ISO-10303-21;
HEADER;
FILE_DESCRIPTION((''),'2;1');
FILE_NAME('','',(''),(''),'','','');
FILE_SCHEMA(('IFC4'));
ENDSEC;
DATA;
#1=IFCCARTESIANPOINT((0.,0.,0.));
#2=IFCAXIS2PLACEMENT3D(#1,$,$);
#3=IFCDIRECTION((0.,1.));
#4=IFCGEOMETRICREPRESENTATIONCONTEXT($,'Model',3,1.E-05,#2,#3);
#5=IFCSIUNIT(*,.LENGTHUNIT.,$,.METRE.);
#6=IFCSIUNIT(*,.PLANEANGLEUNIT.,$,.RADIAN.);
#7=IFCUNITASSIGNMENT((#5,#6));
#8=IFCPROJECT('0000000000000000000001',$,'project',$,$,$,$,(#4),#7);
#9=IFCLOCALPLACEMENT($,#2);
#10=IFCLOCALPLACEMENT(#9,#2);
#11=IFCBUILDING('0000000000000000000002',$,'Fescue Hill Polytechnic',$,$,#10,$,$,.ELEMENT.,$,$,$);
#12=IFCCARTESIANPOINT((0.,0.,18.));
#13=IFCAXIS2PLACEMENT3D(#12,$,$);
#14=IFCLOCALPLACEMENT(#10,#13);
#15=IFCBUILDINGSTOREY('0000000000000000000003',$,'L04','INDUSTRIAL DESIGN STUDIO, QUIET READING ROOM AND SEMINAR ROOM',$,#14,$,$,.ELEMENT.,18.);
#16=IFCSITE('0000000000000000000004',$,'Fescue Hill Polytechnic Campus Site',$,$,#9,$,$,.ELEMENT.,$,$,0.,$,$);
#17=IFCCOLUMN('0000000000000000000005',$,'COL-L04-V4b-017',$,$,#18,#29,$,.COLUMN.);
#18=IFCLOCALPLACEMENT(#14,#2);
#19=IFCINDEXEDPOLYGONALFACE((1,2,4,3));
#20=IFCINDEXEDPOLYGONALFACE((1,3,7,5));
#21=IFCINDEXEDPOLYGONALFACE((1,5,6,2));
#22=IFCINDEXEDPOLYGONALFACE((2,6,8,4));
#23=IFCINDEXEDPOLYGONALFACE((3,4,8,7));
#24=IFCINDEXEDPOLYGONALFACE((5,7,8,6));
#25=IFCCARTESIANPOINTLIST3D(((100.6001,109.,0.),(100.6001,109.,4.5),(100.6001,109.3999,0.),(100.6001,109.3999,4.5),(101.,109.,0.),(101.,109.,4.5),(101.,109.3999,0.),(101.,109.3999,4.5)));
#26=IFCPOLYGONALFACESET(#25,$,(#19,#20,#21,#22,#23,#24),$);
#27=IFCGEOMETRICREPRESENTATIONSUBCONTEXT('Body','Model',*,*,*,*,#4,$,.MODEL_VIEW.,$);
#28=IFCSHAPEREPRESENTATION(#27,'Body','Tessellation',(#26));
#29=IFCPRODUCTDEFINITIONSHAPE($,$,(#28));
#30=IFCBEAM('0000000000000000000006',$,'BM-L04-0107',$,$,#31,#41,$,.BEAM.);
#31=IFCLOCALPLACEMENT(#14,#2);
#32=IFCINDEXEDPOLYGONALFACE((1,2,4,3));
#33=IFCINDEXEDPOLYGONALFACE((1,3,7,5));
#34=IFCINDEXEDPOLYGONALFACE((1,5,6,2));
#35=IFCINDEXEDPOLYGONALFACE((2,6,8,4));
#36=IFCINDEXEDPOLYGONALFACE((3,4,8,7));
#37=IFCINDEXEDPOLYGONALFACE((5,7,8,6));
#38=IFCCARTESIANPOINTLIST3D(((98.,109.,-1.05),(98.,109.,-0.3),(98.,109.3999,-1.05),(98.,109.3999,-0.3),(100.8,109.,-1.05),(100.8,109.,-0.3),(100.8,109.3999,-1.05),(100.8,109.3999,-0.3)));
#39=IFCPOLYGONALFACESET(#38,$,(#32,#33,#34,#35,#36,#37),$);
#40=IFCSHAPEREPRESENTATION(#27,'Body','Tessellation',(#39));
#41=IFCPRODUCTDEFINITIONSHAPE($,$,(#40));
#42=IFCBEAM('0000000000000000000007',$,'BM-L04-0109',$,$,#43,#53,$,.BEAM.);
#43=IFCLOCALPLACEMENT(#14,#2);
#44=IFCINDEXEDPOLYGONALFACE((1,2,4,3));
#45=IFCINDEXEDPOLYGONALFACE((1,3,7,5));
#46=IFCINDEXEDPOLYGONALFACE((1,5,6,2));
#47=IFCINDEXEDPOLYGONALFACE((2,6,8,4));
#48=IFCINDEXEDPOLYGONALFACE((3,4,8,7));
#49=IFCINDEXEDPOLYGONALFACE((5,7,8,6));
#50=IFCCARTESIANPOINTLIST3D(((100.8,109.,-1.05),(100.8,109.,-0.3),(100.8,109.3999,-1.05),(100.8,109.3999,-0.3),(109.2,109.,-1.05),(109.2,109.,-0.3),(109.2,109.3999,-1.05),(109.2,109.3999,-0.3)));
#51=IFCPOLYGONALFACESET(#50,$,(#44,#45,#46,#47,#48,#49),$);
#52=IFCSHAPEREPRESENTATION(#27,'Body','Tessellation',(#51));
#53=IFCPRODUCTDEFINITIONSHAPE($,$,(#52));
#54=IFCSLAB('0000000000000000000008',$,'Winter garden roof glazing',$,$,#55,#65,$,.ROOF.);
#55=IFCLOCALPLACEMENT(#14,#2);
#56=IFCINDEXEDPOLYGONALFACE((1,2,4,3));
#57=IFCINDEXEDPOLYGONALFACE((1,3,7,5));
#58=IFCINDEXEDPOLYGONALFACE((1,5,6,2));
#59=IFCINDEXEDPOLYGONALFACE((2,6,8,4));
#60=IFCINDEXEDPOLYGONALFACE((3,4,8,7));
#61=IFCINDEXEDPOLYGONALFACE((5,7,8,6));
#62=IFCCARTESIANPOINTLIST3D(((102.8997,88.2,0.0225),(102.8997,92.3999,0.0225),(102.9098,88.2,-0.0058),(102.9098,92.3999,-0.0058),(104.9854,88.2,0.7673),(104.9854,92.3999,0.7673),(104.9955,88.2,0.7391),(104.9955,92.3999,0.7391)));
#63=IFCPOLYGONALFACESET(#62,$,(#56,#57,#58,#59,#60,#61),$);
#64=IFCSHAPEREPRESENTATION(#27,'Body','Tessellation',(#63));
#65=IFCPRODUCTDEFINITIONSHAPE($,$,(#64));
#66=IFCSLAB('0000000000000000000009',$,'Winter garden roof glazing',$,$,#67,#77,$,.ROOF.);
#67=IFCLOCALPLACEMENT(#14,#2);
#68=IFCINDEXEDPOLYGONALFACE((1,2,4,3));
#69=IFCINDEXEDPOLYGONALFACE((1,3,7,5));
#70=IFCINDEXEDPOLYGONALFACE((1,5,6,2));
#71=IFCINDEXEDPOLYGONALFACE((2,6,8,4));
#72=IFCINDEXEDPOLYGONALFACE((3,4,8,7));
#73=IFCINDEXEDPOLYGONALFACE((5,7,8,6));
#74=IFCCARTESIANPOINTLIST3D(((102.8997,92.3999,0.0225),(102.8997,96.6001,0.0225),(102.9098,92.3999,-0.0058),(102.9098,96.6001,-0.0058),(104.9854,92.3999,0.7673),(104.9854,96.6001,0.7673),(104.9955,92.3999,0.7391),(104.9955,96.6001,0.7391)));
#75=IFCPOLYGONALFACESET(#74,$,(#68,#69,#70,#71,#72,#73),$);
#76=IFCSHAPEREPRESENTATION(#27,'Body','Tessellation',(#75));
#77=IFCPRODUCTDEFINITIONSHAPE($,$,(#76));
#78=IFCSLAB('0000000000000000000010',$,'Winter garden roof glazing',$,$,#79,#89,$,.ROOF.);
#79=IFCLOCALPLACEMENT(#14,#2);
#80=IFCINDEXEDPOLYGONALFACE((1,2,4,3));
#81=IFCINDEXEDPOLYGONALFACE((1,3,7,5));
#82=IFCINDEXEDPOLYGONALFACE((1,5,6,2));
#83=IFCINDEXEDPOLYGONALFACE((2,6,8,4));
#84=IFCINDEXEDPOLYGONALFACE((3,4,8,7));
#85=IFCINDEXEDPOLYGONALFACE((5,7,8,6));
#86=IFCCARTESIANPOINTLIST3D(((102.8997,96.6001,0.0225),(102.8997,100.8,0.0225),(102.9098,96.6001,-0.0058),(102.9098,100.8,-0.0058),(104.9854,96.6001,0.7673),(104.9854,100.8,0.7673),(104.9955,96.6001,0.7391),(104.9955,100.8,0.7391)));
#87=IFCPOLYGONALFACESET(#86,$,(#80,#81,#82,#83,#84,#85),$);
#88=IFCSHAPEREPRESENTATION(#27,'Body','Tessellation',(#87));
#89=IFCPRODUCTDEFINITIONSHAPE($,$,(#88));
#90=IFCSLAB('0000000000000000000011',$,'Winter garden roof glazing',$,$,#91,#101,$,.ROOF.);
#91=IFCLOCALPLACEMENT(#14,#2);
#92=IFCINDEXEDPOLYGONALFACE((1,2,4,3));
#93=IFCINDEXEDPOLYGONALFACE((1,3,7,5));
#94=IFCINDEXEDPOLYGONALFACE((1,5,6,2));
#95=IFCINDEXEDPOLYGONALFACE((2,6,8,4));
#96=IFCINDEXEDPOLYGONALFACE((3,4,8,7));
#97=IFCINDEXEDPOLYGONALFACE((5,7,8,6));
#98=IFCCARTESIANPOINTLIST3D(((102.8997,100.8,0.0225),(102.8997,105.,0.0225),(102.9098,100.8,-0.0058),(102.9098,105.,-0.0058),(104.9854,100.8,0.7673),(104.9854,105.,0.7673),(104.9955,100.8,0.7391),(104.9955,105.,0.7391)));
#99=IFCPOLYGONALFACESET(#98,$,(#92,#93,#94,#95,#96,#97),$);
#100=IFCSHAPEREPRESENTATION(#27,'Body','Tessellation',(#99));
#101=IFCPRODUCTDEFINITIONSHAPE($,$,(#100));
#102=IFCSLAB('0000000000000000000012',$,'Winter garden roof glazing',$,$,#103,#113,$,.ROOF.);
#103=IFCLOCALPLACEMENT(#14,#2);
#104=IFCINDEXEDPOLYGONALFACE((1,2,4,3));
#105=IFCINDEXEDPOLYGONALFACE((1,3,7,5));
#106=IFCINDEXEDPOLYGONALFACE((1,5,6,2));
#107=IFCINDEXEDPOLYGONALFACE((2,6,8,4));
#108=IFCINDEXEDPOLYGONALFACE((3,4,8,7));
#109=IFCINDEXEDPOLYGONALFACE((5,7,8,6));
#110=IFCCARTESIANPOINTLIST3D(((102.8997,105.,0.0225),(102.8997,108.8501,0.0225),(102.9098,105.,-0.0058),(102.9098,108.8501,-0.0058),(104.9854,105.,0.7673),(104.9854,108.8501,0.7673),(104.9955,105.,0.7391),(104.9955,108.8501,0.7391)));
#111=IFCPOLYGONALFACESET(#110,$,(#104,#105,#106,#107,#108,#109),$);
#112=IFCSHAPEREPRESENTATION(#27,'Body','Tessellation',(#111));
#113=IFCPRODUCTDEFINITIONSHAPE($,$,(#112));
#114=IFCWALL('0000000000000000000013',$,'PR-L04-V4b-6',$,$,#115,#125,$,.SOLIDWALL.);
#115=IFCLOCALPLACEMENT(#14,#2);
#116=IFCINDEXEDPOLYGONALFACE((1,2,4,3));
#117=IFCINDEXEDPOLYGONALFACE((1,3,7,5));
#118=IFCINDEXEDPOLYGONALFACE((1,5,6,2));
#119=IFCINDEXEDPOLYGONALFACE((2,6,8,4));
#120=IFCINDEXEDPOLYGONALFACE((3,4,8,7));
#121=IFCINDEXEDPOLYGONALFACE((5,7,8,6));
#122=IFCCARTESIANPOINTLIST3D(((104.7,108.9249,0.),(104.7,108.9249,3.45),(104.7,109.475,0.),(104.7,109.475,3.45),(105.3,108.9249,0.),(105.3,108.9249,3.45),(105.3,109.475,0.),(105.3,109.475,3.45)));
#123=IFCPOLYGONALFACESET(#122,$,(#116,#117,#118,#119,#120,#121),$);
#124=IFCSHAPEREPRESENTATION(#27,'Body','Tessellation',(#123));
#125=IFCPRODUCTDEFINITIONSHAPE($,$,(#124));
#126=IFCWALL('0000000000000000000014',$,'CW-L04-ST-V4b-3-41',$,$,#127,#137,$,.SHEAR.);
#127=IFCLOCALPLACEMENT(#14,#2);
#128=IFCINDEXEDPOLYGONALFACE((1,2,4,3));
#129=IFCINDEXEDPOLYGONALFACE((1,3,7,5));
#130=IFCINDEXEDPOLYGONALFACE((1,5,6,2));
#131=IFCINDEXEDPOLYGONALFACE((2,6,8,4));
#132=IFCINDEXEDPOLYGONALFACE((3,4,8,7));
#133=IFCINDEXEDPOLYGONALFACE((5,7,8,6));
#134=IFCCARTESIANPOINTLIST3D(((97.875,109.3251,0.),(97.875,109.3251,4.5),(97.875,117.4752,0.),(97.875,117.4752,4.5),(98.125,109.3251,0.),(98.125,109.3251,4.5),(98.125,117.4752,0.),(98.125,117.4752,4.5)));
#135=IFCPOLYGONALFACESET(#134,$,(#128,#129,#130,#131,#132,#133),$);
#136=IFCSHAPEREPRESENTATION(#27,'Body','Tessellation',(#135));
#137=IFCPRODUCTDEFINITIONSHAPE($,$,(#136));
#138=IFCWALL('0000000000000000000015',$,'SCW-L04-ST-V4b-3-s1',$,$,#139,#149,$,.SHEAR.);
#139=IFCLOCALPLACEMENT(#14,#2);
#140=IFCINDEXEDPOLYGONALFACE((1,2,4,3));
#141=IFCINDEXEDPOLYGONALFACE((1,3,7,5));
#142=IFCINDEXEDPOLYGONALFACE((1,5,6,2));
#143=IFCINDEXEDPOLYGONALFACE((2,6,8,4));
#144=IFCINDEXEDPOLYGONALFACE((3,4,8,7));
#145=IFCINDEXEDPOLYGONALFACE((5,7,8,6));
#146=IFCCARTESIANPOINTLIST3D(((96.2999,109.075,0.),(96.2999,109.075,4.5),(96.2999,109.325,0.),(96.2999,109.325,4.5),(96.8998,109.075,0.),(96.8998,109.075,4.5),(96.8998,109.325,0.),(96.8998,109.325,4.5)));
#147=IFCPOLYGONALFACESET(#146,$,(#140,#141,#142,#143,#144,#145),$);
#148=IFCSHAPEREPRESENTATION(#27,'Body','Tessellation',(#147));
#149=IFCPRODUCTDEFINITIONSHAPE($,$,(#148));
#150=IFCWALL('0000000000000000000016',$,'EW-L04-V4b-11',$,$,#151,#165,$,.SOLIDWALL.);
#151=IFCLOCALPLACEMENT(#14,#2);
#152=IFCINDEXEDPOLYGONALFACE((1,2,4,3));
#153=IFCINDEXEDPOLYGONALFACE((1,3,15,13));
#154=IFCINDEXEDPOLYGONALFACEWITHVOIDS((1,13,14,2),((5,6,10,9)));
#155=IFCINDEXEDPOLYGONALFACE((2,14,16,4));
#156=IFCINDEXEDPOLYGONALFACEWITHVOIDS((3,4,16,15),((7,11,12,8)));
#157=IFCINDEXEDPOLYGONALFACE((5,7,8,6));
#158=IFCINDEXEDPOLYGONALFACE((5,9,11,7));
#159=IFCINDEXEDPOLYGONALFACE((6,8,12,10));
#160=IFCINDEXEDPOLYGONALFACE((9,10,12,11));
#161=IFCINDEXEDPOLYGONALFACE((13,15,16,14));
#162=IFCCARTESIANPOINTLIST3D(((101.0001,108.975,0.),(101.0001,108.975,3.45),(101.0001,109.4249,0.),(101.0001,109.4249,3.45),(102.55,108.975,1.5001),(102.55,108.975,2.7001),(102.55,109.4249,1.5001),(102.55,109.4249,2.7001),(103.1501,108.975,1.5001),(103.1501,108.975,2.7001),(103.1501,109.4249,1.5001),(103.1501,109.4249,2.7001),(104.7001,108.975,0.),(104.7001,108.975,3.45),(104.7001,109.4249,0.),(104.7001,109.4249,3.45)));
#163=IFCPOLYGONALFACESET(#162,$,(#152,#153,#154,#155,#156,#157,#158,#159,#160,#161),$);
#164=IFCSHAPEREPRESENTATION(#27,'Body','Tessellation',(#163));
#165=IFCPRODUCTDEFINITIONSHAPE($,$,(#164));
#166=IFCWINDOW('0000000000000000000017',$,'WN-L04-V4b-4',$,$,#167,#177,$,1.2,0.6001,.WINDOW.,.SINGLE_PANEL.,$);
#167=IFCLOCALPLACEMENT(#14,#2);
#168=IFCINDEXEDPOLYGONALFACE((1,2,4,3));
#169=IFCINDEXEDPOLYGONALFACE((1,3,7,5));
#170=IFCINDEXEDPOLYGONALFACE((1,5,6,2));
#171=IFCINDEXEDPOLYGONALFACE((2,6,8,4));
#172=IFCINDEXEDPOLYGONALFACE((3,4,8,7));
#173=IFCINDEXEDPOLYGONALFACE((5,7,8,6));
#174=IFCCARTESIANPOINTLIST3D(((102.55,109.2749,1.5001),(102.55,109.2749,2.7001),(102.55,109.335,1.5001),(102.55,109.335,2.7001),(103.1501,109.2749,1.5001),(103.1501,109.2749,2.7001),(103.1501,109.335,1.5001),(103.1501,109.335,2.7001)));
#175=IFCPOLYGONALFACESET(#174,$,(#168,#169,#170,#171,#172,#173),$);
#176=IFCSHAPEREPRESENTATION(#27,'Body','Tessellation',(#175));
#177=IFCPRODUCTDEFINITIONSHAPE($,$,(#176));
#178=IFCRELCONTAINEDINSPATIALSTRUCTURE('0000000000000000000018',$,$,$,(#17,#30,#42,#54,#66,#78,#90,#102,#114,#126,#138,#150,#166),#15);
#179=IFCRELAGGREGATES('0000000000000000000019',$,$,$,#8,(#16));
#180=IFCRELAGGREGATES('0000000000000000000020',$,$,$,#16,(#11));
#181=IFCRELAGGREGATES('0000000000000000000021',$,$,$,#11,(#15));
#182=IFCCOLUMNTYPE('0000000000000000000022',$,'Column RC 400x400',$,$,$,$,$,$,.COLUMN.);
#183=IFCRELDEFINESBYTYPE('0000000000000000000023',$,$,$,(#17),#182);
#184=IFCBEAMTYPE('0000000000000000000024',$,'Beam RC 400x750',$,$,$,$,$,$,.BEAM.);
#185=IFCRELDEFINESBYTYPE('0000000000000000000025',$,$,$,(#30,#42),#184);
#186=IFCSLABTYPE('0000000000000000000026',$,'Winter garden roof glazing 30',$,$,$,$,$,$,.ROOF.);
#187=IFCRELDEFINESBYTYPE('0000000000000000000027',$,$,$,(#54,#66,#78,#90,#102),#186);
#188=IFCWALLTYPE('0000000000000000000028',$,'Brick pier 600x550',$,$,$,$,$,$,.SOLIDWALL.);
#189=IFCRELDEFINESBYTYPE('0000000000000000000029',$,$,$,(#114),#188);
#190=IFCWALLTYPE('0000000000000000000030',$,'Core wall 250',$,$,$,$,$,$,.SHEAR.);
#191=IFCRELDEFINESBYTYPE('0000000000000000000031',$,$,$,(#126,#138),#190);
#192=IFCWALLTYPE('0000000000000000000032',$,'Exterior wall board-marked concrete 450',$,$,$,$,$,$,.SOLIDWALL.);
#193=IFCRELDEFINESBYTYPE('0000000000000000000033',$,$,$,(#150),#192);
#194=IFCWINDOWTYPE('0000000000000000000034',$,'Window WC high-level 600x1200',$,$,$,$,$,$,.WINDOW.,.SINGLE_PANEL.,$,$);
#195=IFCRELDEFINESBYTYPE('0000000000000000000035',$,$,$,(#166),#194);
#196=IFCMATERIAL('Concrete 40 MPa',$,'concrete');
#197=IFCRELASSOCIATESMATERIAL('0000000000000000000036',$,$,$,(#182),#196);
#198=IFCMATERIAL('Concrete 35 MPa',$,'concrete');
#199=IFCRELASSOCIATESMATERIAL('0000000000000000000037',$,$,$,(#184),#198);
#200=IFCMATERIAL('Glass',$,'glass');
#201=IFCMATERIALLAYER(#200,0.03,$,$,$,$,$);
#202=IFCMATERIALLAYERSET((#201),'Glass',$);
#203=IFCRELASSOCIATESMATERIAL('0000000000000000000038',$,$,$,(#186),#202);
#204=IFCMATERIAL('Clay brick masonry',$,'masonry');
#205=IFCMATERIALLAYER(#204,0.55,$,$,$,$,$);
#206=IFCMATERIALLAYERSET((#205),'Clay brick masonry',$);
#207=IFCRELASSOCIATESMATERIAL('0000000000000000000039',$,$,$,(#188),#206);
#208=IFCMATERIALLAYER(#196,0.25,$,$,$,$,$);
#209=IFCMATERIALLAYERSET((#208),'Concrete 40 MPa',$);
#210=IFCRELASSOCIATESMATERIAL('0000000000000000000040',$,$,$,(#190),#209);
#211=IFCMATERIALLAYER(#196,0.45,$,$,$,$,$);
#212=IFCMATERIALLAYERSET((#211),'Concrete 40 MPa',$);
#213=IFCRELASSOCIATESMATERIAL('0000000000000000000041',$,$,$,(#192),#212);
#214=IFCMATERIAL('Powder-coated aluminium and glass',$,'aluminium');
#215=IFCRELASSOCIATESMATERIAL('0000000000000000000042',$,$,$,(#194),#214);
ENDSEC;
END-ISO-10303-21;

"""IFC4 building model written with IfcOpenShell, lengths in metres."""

from ifc_helpers import new_model, si_unit, direction, frame, frame_2d, origin, origin_2d, place, context, subcontext, project, spatial, polyline, rectangle, outline, extrude, material, layer, layer_set, material_profile, profile_set, type_object, element, fill, save


model = new_model("IFC4")

# Units and contexts
model_context = context("Model", 3, precision=1e-05, world=origin(), true_north=direction((0.0, 1.0)))
body_context = subcontext(model_context, "Body", "Model", "MODEL_VIEW")
ifc_project = project(units=[si_unit("LENGTHUNIT", "METRE"), si_unit("PLANEANGLEUNIT", "RADIAN")], contexts=[model_context])

# Site, building, storey
site_placement = place(None, origin())
site = spatial("IfcSite", under=ifc_project, at=site_placement, Name="Fescue Hill Polytechnic Campus Site", CompositionType="ELEMENT", RefElevation=0.0)
building_placement = place(site_placement, origin())
building = spatial("IfcBuilding", under=site, at=building_placement, Name="Fescue Hill Polytechnic", CompositionType="ELEMENT")
storey_placement = place(building_placement, frame((0.0, 0.0, 18.0)))
storey = spatial("IfcBuildingStorey", under=building, at=storey_placement, Name="L04", Description="INDUSTRIAL DESIGN STUDIO, QUIET READING ROOM AND SEMINAR ROOM", CompositionType="ELEMENT", Elevation=18.0)

# Column
ifc_material_1 = material(Name="Concrete 40 MPa", Category="concrete")
ifc_material_profile_1 = material_profile(ifc_material_1, rectangle(XDim=0.3999, YDim=0.3999, at=origin_2d()), Name="RC 400x400")
ifc_profile_set_1 = profile_set([ifc_material_profile_1], Name="Concrete 40 MPa")
column_type = type_object("IfcColumnType", Name="Column RC 400x400", PredefinedType="COLUMN", material=ifc_profile_set_1)
column_placement = place(storey_placement, frame((100.8, 109.2, 0.0), z_axis=(0.0, 0.0, 1.0), x_axis=(1.0, 0.0, 0.0)))
element("IfcColumn", 1, at=column_placement, inside=storey, type_object=column_type, Name="COL-L04-V4b-017", PredefinedType="COLUMN", context=body_context, shape_type="SweptSolid", body=[
    extrude(rectangle(XDim=0.3999, YDim=0.3999, at=origin_2d()), origin(), (0.0, 0.0, 1.0), 4.5),
])

# Beams
ifc_material_2 = material(Name="Concrete 35 MPa", Category="concrete")
ifc_material_profile_2 = material_profile(ifc_material_2, rectangle(XDim=0.3999, YDim=0.75, at=origin_2d()), Name="RC 400x750")
ifc_profile_set_2 = profile_set([ifc_material_profile_2], Name="Concrete 35 MPa")
beam_type = type_object("IfcBeamType", Name="Beam RC 400x750", PredefinedType="BEAM", material=ifc_profile_set_2)
beam_1_placement = place(storey_placement, frame((98.0, 109.2, -0.675), z_axis=(1.0, 0.0, 0.0), x_axis=(0.0, 1.0, 0.0)))
element("IfcBeam", 2, at=beam_1_placement, inside=storey, type_object=beam_type, Name="BM-L04-0107", PredefinedType="BEAM", context=body_context, shape_type="SweptSolid", body=[
    extrude(rectangle(XDim=0.3999, YDim=0.75, at=origin_2d()), origin(), (0.0, 0.0, 1.0), 2.8),
])
beam_2_placement = place(storey_placement, frame((100.8, 109.2, -0.675), z_axis=(1.0, 0.0, 0.0), x_axis=(0.0, 1.0, 0.0)))
element("IfcBeam", 3, at=beam_2_placement, inside=storey, type_object=beam_type, Name="BM-L04-0109", PredefinedType="BEAM", context=body_context, shape_type="SweptSolid", body=[
    extrude(rectangle(XDim=0.3999, YDim=0.75, at=origin_2d()), origin(), (0.0, 0.0, 1.0), 8.3999),
])

# Slabs
ifc_material_3 = material(Name="Glass", Category="glass")
ifc_layer_1 = layer(ifc_material_3, 0.03)
ifc_layer_set_1 = layer_set([ifc_layer_1], Name="Glass")
slab_type = type_object("IfcSlabType", Name="Winter garden roof glazing 30", PredefinedType="ROOF", material=ifc_layer_set_1)
slab_1_placement = place(storey_placement, frame((102.8997, 88.2, 0.0225), z_axis=(-0.336329, 0.0, 0.941744), x_axis=(0.0, 1.0, 0.0)))
element("IfcSlab", 4, at=slab_1_placement, inside=storey, type_object=slab_type, Name="Winter garden roof glazing", PredefinedType="ROOF", context=body_context, shape_type="SweptSolid", body=[
    extrude(outline(polyline([(0.0, 0.0), (4.2, 0.0), (4.2, -2.2147), (0.0, -2.2147), (0.0, 0.0)])), origin(), (0.0, 0.0, -1.0), 0.03),
])
slab_2_placement = place(storey_placement, frame((102.8997, 92.3999, 0.0225), z_axis=(-0.336329, 0.0, 0.941744), x_axis=(0.0, 1.0, 0.0)))
element("IfcSlab", 5, at=slab_2_placement, inside=storey, type_object=slab_type, Name="Winter garden roof glazing", PredefinedType="ROOF", context=body_context, shape_type="SweptSolid", body=[
    extrude(outline(polyline([(0.0, 0.0), (4.2002, 0.0), (4.2002, -2.2147), (0.0, -2.2147), (0.0, 0.0)])), origin(), (0.0, 0.0, -1.0), 0.03),
])
for number, where, z_axis, x_axis, name in (
    (6, (102.8997, 96.6001, 0.0225), (-0.336329, 0.0, 0.941744), (0.0, 1.0, 0.0), "Winter garden roof glazing"),
    (7, (102.8997, 100.8, 0.0225), (-0.336329, 0.0, 0.941744), (0.0, 1.0, 0.0), "Winter garden roof glazing"),
):
    element("IfcSlab", number, at=place(storey_placement, frame(where, z_axis=z_axis, x_axis=x_axis)), inside=storey, type_object=slab_type, Name=name, PredefinedType="ROOF", context=body_context, shape_type="SweptSolid", body=[
        extrude(outline(polyline([(0.0, 0.0), (4.2, 0.0), (4.2, -2.2147), (0.0, -2.2147), (0.0, 0.0)])), origin(), (0.0, 0.0, -1.0), 0.03),
    ])
slab_3_placement = place(storey_placement, frame((102.8997, 105.0, 0.0225), z_axis=(-0.336329, 0.0, 0.941744), x_axis=(0.0, 1.0, 0.0)))
element("IfcSlab", 8, at=slab_3_placement, inside=storey, type_object=slab_type, Name="Winter garden roof glazing", PredefinedType="ROOF", context=body_context, shape_type="SweptSolid", body=[
    extrude(outline(polyline([(0.0, 0.0), (3.8501, 0.0), (3.8501, -2.2147), (0.0, -2.2147), (0.0, 0.0)])), origin(), (0.0, 0.0, -1.0), 0.03),
])

# Walls
ifc_material_4 = material(Name="Clay brick masonry", Category="masonry")
ifc_layer_2 = layer(ifc_material_4, 0.55)
ifc_layer_set_2 = layer_set([ifc_layer_2], Name="Clay brick masonry")
wall_type_1 = type_object("IfcWallType", Name="Brick pier 600x550", PredefinedType="SOLIDWALL", material=ifc_layer_set_2)
wall_1_placement = place(storey_placement, frame((104.7, 109.2, 0.0), z_axis=(0.0, 0.0, 1.0), x_axis=(1.0, 0.0, 0.0)))
element("IfcWall", 9, at=wall_1_placement, inside=storey, type_object=wall_type_1, Name="PR-L04-V4b-6", PredefinedType="SOLIDWALL", context=body_context, shape_type="SweptSolid", body=[
    extrude(rectangle(XDim=0.6001, YDim=0.55, at=frame_2d((0.3, 0.0))), origin(), (0.0, 0.0, 1.0), 3.45),
])
ifc_layer_3 = layer(ifc_material_1, 0.25)
ifc_layer_set_3 = layer_set([ifc_layer_3], Name="Concrete 40 MPa")
wall_type_2 = type_object("IfcWallType", Name="Core wall 250", PredefinedType="SHEAR", material=ifc_layer_set_3)
wall_2_placement = place(storey_placement, frame((98.0, 109.325, 0.0), z_axis=(0.0, 0.0, 1.0), x_axis=(0.0, 1.0, 0.0)))
element("IfcWall", 10, at=wall_2_placement, inside=storey, type_object=wall_type_2, Name="CW-L04-ST-V4b-3-41", PredefinedType="SHEAR", context=body_context, shape_type="SweptSolid", body=[
    extrude(rectangle(XDim=8.1501, YDim=0.25, at=frame_2d((4.0752, 0.0))), origin(), (0.0, 0.0, 1.0), 4.5),
])
wall_3_placement = place(storey_placement, frame((96.3, 109.2, 0.0), z_axis=(0.0, 0.0, 1.0), x_axis=(1.0, 0.0, 0.0)))
element("IfcWall", 11, at=wall_3_placement, inside=storey, type_object=wall_type_2, Name="SCW-L04-ST-V4b-3-s1", PredefinedType="SHEAR", context=body_context, shape_type="SweptSolid", body=[
    extrude(rectangle(XDim=0.5999, YDim=0.25, at=frame_2d((0.2998, 0.0))), origin(), (0.0, 0.0, 1.0), 4.5),
])

# Wall, opening, window
ifc_layer_4 = layer(ifc_material_1, 0.45)
ifc_layer_set_4 = layer_set([ifc_layer_4], Name="Concrete 40 MPa")
wall_type_3 = type_object("IfcWallType", Name="Exterior wall board-marked concrete 450", PredefinedType="SOLIDWALL", material=ifc_layer_set_4)
wall_4_placement = place(storey_placement, frame((101.0, 109.2, 0.0), z_axis=(0.0, 0.0, 1.0), x_axis=(1.0, 0.0, 0.0)))
wall_4 = element("IfcWall", 12, at=wall_4_placement, inside=storey, type_object=wall_type_3, Name="EW-L04-V4b-11", PredefinedType="SOLIDWALL", context=body_context, shape_type="SweptSolid", body=[
    extrude(rectangle(XDim=3.7, YDim=0.45, at=frame_2d((1.8501, 0.0))), origin(), (0.0, 0.0, 1.0), 3.45),
])
opening_1_placement = place(wall_4_placement, frame((1.55, 0.0, 1.5)))
opening_1 = element("IfcOpeningElement", 13, at=opening_1_placement, cuts=wall_4, PredefinedType="OPENING", context=body_context, shape_type="SweptSolid", body=[
    extrude(rectangle(XDim=0.6001, YDim=1.2, at=frame_2d((0.3, 0.6001))), frame((0.0, 0.2349, 0.0), z_axis=(0.0, -1.0, 0.0), x_axis=(1.0, 0.0, 0.0)), (0.0, 0.0, 1.0), 0.47),
])
ifc_material_5 = material(Name="Powder-coated aluminium and glass", Category="aluminium")
window_type = type_object("IfcWindowType", Name="Window WC high-level 600x1200", PartitioningType="SINGLE_PANEL", PredefinedType="WINDOW", material=ifc_material_5)
window_1_placement = place(opening_1_placement, origin())
window_1 = element("IfcWindow", 14, at=window_1_placement, inside=storey, type_object=window_type, Name="WN-L04-V4b-4", OverallHeight=1.2, OverallWidth=0.6001, PartitioningType="SINGLE_PANEL", PredefinedType="WINDOW", context=body_context, shape_type="SweptSolid", body=[
    extrude(rectangle(XDim=0.6001, YDim=1.2, at=frame_2d((0.3, 0.6001))), frame((0.0, 0.135, 0.0), z_axis=(0.0, -1.0, 0.0), x_axis=(1.0, 0.0, 0.0)), (0.0, 0.0, 1.0), 0.0601),
])
fill(opening_1, window_1)

save(model, "model.ifc")
